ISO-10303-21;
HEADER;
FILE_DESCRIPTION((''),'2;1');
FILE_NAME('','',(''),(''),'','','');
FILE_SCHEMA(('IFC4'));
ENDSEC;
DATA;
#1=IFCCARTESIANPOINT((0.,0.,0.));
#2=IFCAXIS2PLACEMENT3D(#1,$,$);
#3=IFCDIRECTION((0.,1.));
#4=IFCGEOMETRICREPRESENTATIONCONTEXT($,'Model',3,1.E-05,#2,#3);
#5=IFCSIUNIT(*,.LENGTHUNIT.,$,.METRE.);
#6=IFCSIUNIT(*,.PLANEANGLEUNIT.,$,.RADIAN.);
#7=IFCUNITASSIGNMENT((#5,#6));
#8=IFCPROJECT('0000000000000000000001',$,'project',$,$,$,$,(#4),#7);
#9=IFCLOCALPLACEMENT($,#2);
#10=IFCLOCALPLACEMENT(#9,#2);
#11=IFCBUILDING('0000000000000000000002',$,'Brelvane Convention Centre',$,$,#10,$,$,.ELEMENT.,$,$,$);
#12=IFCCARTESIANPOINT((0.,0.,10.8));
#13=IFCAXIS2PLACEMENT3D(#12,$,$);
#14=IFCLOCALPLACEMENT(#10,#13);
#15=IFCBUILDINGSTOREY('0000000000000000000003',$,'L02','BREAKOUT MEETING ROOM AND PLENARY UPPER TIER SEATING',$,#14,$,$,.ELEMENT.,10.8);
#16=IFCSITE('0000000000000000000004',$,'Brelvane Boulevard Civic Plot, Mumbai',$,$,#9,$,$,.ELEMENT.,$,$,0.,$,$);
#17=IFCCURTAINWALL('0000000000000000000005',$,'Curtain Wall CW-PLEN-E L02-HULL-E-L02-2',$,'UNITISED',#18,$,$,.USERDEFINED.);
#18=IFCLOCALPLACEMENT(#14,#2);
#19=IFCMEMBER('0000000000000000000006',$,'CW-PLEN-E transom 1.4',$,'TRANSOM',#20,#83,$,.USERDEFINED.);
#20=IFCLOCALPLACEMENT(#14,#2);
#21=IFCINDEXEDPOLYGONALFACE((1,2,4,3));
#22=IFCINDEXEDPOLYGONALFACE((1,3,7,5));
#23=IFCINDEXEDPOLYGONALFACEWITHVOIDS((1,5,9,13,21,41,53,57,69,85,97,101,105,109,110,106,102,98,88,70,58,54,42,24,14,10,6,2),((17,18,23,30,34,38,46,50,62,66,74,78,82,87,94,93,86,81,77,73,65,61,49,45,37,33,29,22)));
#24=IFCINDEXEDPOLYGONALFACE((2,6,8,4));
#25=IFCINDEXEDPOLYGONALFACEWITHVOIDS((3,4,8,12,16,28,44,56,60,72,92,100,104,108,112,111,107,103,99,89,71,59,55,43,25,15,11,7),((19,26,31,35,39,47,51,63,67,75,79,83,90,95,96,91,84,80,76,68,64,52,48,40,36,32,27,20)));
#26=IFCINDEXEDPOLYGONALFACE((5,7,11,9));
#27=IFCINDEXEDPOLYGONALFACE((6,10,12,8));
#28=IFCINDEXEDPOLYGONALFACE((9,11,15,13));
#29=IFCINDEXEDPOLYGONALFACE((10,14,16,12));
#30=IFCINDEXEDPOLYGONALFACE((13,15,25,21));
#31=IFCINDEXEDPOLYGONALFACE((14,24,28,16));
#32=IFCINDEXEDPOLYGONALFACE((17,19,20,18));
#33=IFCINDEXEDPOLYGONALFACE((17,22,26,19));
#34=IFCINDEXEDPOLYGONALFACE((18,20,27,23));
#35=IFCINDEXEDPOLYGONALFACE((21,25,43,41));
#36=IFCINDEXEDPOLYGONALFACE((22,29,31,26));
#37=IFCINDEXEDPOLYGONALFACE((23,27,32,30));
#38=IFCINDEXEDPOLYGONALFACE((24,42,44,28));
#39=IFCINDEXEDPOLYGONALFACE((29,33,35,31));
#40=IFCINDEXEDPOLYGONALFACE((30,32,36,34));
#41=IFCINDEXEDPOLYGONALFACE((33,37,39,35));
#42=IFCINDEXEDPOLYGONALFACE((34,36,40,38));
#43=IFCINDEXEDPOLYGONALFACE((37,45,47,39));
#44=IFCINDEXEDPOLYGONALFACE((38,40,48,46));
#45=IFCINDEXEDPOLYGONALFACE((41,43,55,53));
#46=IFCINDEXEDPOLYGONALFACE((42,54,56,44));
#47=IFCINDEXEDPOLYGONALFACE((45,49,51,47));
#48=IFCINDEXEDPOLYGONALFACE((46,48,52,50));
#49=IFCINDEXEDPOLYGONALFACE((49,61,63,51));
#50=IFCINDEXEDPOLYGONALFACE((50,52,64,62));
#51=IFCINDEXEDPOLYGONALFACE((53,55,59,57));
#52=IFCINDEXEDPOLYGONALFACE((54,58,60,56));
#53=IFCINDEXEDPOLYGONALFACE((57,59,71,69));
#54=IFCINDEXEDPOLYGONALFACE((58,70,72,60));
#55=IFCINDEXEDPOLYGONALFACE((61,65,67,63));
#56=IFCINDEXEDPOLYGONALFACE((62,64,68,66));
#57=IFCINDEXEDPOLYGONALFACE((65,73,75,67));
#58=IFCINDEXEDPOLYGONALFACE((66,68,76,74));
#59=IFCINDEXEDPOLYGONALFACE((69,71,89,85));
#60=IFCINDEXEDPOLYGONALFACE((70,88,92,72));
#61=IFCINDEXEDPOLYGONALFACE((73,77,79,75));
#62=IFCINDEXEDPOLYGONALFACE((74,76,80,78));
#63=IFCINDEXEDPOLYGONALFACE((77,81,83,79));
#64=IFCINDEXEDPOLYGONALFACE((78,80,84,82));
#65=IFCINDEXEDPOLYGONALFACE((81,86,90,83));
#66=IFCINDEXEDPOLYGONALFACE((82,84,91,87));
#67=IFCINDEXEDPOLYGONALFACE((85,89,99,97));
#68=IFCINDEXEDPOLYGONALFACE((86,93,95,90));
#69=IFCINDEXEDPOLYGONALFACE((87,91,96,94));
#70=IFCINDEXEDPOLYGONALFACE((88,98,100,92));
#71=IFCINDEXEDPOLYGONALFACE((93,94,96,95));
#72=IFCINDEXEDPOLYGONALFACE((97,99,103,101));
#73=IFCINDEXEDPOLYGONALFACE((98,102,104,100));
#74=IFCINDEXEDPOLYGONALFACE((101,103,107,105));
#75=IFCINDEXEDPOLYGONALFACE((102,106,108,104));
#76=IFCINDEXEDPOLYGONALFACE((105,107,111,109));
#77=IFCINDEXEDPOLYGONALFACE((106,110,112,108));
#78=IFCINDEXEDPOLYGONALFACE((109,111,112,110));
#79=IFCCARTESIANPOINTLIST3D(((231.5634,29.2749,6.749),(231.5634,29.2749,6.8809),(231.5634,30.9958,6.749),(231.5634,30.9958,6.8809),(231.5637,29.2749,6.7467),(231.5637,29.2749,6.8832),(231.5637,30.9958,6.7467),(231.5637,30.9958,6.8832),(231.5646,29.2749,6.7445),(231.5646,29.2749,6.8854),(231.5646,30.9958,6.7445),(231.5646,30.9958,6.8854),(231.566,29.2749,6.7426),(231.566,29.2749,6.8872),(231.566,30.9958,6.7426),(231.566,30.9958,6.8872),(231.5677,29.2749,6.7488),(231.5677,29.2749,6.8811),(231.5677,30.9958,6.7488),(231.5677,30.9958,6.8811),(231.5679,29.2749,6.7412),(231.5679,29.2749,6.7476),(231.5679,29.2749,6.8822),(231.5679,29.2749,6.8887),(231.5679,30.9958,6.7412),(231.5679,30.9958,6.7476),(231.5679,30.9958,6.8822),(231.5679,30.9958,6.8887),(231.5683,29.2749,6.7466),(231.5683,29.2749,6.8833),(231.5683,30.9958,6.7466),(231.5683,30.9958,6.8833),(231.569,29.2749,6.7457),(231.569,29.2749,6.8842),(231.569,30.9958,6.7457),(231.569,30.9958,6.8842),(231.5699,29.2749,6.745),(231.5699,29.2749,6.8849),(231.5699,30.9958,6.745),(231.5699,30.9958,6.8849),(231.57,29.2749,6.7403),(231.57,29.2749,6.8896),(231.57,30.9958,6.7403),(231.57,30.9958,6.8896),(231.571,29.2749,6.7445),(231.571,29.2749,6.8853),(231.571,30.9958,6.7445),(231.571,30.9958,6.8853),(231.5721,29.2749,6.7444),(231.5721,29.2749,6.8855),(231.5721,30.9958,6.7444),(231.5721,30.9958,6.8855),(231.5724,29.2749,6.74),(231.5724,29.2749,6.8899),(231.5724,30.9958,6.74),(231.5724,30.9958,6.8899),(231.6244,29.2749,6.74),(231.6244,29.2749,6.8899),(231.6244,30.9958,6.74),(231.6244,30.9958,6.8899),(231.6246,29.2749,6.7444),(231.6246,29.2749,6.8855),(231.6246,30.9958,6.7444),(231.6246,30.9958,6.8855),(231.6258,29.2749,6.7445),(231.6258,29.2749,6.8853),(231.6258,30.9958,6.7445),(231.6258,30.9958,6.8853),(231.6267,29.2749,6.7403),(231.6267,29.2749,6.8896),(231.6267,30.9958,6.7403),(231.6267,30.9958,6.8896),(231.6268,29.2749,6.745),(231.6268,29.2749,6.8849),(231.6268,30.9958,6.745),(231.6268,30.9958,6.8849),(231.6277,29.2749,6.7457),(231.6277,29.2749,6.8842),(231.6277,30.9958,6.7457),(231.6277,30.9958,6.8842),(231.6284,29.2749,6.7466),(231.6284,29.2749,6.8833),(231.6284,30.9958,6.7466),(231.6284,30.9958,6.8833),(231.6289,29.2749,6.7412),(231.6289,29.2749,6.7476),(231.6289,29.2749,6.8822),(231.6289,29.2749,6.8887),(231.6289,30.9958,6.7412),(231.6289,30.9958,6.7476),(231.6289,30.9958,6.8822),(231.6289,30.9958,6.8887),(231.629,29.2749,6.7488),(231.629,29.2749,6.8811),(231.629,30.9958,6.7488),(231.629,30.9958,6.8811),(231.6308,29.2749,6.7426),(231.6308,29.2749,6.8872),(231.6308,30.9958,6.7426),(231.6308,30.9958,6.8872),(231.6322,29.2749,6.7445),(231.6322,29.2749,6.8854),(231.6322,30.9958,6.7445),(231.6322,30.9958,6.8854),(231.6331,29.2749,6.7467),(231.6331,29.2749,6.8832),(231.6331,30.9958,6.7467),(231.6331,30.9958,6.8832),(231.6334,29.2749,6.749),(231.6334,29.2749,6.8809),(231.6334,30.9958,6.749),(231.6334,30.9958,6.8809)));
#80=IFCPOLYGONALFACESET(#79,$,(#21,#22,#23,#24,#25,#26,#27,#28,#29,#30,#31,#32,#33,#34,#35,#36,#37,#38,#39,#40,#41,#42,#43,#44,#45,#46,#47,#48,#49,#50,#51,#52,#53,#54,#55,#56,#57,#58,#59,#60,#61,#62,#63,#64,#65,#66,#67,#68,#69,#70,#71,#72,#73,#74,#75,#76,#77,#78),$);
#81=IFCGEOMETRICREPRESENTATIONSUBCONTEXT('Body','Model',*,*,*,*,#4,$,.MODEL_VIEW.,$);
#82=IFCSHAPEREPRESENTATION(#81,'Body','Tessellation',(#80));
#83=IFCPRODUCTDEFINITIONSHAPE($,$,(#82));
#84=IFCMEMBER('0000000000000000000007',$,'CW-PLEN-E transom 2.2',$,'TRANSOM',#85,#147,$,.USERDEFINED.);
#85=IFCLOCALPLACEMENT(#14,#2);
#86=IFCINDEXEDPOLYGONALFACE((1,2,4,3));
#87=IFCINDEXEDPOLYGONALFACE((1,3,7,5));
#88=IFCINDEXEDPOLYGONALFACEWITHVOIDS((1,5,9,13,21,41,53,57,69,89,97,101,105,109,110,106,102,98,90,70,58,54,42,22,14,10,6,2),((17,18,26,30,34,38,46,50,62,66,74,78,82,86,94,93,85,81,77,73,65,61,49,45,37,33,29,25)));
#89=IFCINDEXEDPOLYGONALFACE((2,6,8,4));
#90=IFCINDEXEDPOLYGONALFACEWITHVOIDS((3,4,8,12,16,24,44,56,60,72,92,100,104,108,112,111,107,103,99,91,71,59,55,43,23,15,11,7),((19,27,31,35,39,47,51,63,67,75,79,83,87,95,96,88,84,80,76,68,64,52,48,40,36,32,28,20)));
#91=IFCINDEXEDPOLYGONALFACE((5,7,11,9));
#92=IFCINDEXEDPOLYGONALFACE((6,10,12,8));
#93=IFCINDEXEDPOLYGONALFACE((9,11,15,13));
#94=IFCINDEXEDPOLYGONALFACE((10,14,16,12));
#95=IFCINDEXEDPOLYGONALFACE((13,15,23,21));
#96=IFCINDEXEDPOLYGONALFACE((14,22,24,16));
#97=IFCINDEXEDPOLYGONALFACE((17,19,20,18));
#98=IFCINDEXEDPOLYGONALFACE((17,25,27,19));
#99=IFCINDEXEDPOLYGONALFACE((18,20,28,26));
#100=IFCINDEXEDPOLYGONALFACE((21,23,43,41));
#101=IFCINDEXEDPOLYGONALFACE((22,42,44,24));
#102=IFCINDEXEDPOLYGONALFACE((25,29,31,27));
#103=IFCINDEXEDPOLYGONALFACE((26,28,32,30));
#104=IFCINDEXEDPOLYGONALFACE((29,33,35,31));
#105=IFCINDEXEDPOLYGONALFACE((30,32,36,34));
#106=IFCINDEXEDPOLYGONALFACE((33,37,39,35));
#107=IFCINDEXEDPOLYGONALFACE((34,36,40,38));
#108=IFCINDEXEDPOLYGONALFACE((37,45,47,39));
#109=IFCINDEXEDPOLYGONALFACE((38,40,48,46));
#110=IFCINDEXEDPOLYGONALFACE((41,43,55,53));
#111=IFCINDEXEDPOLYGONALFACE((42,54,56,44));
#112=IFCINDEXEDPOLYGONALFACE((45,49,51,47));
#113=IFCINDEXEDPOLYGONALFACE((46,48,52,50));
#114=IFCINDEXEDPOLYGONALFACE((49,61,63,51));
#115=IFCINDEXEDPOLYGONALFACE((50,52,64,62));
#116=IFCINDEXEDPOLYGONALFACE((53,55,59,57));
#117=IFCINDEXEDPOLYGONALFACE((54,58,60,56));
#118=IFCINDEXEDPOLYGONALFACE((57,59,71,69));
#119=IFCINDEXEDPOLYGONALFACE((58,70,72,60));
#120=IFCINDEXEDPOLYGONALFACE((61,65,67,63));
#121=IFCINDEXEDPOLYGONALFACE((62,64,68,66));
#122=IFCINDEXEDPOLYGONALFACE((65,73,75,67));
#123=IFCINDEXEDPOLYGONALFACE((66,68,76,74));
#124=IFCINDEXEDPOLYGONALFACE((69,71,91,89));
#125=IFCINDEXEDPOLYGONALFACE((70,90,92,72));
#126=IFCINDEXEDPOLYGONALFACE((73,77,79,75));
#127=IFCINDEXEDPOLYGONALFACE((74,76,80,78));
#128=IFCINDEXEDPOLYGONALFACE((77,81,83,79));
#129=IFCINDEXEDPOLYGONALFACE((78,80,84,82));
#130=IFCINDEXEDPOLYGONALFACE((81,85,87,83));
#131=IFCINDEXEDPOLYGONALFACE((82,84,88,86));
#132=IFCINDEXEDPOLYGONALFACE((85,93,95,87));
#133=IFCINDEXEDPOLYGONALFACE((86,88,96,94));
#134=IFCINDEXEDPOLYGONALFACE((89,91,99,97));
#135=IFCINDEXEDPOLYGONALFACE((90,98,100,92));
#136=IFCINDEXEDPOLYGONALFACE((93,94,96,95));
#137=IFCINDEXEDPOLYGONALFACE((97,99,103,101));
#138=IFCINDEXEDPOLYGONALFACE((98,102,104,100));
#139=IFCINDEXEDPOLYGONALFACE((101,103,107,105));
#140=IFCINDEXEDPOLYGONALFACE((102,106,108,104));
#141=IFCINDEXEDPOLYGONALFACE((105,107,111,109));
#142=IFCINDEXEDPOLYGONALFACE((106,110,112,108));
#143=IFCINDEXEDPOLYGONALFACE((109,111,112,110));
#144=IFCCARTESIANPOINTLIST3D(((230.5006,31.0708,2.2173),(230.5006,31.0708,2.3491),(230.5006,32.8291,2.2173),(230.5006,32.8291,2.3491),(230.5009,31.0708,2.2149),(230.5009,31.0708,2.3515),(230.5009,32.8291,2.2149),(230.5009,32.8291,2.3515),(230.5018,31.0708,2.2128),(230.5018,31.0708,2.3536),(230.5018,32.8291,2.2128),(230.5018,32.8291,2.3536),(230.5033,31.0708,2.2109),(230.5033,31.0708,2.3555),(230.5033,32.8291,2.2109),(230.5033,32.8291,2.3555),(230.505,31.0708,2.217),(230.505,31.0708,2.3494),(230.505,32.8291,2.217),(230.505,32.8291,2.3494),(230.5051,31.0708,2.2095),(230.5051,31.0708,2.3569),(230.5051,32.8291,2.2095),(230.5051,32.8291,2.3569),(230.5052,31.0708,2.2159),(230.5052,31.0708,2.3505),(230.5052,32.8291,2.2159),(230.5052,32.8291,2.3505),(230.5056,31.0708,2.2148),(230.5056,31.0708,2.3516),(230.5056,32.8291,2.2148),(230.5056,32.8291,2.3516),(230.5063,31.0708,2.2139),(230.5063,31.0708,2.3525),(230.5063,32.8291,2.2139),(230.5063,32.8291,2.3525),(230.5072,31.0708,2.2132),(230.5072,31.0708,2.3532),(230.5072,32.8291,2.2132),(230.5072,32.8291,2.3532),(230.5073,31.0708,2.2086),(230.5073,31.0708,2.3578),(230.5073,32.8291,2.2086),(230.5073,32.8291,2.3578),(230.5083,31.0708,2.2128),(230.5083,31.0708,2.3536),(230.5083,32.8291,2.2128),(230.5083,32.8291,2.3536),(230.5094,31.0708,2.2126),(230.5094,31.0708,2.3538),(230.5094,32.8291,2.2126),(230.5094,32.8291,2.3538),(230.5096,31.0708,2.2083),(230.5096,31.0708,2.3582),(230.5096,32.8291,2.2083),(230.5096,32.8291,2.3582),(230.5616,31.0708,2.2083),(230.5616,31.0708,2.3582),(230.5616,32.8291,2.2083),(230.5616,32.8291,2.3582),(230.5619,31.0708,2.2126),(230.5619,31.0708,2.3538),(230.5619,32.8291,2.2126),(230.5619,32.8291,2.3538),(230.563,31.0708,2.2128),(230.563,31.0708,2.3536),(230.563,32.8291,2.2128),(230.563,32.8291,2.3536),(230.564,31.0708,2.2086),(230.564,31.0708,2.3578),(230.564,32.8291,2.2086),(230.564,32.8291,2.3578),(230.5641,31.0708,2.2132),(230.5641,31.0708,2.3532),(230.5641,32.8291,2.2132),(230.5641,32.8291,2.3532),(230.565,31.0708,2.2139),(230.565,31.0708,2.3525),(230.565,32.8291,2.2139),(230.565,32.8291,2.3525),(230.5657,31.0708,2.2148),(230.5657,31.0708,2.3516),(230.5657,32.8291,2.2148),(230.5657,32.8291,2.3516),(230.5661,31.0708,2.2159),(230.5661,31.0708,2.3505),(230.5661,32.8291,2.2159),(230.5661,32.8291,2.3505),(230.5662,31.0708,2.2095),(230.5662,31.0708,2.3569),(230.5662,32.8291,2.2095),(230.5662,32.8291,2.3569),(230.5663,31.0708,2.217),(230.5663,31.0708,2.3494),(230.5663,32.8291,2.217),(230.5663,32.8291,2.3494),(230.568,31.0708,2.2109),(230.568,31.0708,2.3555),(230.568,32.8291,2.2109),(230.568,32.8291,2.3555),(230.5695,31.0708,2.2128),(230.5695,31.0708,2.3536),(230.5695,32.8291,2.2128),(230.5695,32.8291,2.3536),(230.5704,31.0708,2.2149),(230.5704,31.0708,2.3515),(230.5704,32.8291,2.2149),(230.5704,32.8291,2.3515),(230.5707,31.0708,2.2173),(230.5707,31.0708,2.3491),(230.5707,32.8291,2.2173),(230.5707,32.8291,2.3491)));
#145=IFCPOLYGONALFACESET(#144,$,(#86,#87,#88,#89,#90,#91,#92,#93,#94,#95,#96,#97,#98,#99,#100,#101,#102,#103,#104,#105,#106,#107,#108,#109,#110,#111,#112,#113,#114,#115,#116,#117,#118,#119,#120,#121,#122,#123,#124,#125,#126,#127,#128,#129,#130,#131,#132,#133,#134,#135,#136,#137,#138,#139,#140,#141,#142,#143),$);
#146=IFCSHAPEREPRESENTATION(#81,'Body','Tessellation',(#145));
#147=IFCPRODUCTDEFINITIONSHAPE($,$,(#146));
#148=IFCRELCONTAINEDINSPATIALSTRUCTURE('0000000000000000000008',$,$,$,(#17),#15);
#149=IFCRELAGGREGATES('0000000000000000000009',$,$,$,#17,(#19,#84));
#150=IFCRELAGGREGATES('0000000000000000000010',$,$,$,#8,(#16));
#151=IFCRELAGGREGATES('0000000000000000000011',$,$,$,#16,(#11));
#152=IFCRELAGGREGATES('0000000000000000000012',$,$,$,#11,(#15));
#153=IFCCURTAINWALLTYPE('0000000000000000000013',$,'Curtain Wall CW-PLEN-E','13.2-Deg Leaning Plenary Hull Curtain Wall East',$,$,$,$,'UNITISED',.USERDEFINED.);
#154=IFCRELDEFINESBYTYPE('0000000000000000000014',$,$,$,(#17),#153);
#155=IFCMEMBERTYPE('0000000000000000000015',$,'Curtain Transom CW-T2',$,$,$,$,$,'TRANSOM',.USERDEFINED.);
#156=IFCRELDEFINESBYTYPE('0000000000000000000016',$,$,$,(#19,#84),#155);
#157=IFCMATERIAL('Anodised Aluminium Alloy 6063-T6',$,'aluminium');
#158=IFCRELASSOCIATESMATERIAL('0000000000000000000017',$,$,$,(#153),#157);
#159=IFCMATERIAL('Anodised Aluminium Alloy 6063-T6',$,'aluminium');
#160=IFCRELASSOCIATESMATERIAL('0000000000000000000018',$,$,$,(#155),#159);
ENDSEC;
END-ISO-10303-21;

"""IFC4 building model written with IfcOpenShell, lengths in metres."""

from ifc_helpers import new_model, si_unit, direction, frame, origin, origin_2d, place, context, subcontext, project, spatial, hollow_rectangle, extrude, material, material_profile, profile_set, type_object, element, aggregate, save


model = new_model("IFC4")

# Units and contexts
model_context = context("Model", 3, precision=1e-05, world=origin(), true_north=direction((0.0, 1.0)))
body_context = subcontext(model_context, "Body", "Model", "MODEL_VIEW")
ifc_project = project(units=[si_unit("LENGTHUNIT", "METRE"), si_unit("PLANEANGLEUNIT", "RADIAN")], contexts=[model_context])

# Site, building, storey
site_placement = place(None, origin())
site = spatial("IfcSite", under=ifc_project, at=site_placement, Name="Brelvane Boulevard Civic Plot, Mumbai", CompositionType="ELEMENT", RefElevation=0.0)
building_placement = place(site_placement, origin())
building = spatial("IfcBuilding", under=site, at=building_placement, Name="Brelvane Convention Centre", CompositionType="ELEMENT")
storey_placement = place(building_placement, frame((0.0, 0.0, 10.8)))
storey = spatial("IfcBuildingStorey", under=building, at=storey_placement, Name="L02", Description="BREAKOUT MEETING ROOM AND PLENARY UPPER TIER SEATING", CompositionType="ELEMENT", Elevation=10.8)

# Curtain wall, members
ifc_material_1 = material(Name="Anodised Aluminium Alloy 6063-T6", Category="aluminium")
curtain_wall_type = type_object("IfcCurtainWallType", Name="Curtain Wall CW-PLEN-E", Description="13.2-Deg Leaning Plenary Hull Curtain Wall East", ElementType="UNITISED", PredefinedType="USERDEFINED", material=ifc_material_1)
ifc_material_2 = material(Name="Anodised Aluminium Alloy 6063-T6", Category="aluminium")
ifc_material_profile = material_profile(ifc_material_2, hollow_rectangle(XDim=0.0701, YDim=0.1499, WallThickness=0.0044, InnerFilletRadius=0.0044, OuterFilletRadius=0.009, at=origin_2d()), Name="ALU-T 150x70x4.5")
ifc_profile_set = profile_set([ifc_material_profile], Name="Anodised Aluminium Alloy 6063-T6")
member_type = type_object("IfcMemberType", Name="Curtain Transom CW-T2", ElementType="TRANSOM", PredefinedType="USERDEFINED", material=ifc_profile_set)
curtain_wall_1_placement = place(storey_placement, origin())
curtain_wall_1 = element("IfcCurtainWall", 1, at=curtain_wall_1_placement, inside=storey, type_object=curtain_wall_type, Name="Curtain Wall CW-PLEN-E L02-HULL-E-L02-2", ObjectType="UNITISED", PredefinedType="USERDEFINED")
member_1_placement = place(storey_placement, frame((231.5984, 29.2749, 6.8149), z_axis=(0.0, 1.0, 0.0), x_axis=(-1.0, 0.0, 0.0)))
member_1 = element("IfcMember", 2, at=member_1_placement, type_object=member_type, Name="CW-PLEN-E transom 1.4", ObjectType="TRANSOM", PredefinedType="USERDEFINED", context=body_context, shape_type="SweptSolid", body=[
    extrude(hollow_rectangle(XDim=0.0701, YDim=0.1499, WallThickness=0.0044, InnerFilletRadius=0.0044, OuterFilletRadius=0.009, at=origin_2d()), origin(), (0.0, 0.0, 1.0), 1.7209),
])
member_2_placement = place(storey_placement, frame((230.5356, 31.0708, 2.2832), z_axis=(0.0, 1.0, 0.0), x_axis=(-1.0, 0.0, 0.0)))
member_2 = element("IfcMember", 3, at=member_2_placement, type_object=member_type, Name="CW-PLEN-E transom 2.2", ObjectType="TRANSOM", PredefinedType="USERDEFINED", context=body_context, shape_type="SweptSolid", body=[
    extrude(hollow_rectangle(XDim=0.0701, YDim=0.1499, WallThickness=0.0044, InnerFilletRadius=0.0044, OuterFilletRadius=0.009, at=origin_2d()), origin(), (0.0, 0.0, 1.0), 1.7583),
])

aggregate(curtain_wall_1, [member_1, member_2])

save(model, "model.ifc")
